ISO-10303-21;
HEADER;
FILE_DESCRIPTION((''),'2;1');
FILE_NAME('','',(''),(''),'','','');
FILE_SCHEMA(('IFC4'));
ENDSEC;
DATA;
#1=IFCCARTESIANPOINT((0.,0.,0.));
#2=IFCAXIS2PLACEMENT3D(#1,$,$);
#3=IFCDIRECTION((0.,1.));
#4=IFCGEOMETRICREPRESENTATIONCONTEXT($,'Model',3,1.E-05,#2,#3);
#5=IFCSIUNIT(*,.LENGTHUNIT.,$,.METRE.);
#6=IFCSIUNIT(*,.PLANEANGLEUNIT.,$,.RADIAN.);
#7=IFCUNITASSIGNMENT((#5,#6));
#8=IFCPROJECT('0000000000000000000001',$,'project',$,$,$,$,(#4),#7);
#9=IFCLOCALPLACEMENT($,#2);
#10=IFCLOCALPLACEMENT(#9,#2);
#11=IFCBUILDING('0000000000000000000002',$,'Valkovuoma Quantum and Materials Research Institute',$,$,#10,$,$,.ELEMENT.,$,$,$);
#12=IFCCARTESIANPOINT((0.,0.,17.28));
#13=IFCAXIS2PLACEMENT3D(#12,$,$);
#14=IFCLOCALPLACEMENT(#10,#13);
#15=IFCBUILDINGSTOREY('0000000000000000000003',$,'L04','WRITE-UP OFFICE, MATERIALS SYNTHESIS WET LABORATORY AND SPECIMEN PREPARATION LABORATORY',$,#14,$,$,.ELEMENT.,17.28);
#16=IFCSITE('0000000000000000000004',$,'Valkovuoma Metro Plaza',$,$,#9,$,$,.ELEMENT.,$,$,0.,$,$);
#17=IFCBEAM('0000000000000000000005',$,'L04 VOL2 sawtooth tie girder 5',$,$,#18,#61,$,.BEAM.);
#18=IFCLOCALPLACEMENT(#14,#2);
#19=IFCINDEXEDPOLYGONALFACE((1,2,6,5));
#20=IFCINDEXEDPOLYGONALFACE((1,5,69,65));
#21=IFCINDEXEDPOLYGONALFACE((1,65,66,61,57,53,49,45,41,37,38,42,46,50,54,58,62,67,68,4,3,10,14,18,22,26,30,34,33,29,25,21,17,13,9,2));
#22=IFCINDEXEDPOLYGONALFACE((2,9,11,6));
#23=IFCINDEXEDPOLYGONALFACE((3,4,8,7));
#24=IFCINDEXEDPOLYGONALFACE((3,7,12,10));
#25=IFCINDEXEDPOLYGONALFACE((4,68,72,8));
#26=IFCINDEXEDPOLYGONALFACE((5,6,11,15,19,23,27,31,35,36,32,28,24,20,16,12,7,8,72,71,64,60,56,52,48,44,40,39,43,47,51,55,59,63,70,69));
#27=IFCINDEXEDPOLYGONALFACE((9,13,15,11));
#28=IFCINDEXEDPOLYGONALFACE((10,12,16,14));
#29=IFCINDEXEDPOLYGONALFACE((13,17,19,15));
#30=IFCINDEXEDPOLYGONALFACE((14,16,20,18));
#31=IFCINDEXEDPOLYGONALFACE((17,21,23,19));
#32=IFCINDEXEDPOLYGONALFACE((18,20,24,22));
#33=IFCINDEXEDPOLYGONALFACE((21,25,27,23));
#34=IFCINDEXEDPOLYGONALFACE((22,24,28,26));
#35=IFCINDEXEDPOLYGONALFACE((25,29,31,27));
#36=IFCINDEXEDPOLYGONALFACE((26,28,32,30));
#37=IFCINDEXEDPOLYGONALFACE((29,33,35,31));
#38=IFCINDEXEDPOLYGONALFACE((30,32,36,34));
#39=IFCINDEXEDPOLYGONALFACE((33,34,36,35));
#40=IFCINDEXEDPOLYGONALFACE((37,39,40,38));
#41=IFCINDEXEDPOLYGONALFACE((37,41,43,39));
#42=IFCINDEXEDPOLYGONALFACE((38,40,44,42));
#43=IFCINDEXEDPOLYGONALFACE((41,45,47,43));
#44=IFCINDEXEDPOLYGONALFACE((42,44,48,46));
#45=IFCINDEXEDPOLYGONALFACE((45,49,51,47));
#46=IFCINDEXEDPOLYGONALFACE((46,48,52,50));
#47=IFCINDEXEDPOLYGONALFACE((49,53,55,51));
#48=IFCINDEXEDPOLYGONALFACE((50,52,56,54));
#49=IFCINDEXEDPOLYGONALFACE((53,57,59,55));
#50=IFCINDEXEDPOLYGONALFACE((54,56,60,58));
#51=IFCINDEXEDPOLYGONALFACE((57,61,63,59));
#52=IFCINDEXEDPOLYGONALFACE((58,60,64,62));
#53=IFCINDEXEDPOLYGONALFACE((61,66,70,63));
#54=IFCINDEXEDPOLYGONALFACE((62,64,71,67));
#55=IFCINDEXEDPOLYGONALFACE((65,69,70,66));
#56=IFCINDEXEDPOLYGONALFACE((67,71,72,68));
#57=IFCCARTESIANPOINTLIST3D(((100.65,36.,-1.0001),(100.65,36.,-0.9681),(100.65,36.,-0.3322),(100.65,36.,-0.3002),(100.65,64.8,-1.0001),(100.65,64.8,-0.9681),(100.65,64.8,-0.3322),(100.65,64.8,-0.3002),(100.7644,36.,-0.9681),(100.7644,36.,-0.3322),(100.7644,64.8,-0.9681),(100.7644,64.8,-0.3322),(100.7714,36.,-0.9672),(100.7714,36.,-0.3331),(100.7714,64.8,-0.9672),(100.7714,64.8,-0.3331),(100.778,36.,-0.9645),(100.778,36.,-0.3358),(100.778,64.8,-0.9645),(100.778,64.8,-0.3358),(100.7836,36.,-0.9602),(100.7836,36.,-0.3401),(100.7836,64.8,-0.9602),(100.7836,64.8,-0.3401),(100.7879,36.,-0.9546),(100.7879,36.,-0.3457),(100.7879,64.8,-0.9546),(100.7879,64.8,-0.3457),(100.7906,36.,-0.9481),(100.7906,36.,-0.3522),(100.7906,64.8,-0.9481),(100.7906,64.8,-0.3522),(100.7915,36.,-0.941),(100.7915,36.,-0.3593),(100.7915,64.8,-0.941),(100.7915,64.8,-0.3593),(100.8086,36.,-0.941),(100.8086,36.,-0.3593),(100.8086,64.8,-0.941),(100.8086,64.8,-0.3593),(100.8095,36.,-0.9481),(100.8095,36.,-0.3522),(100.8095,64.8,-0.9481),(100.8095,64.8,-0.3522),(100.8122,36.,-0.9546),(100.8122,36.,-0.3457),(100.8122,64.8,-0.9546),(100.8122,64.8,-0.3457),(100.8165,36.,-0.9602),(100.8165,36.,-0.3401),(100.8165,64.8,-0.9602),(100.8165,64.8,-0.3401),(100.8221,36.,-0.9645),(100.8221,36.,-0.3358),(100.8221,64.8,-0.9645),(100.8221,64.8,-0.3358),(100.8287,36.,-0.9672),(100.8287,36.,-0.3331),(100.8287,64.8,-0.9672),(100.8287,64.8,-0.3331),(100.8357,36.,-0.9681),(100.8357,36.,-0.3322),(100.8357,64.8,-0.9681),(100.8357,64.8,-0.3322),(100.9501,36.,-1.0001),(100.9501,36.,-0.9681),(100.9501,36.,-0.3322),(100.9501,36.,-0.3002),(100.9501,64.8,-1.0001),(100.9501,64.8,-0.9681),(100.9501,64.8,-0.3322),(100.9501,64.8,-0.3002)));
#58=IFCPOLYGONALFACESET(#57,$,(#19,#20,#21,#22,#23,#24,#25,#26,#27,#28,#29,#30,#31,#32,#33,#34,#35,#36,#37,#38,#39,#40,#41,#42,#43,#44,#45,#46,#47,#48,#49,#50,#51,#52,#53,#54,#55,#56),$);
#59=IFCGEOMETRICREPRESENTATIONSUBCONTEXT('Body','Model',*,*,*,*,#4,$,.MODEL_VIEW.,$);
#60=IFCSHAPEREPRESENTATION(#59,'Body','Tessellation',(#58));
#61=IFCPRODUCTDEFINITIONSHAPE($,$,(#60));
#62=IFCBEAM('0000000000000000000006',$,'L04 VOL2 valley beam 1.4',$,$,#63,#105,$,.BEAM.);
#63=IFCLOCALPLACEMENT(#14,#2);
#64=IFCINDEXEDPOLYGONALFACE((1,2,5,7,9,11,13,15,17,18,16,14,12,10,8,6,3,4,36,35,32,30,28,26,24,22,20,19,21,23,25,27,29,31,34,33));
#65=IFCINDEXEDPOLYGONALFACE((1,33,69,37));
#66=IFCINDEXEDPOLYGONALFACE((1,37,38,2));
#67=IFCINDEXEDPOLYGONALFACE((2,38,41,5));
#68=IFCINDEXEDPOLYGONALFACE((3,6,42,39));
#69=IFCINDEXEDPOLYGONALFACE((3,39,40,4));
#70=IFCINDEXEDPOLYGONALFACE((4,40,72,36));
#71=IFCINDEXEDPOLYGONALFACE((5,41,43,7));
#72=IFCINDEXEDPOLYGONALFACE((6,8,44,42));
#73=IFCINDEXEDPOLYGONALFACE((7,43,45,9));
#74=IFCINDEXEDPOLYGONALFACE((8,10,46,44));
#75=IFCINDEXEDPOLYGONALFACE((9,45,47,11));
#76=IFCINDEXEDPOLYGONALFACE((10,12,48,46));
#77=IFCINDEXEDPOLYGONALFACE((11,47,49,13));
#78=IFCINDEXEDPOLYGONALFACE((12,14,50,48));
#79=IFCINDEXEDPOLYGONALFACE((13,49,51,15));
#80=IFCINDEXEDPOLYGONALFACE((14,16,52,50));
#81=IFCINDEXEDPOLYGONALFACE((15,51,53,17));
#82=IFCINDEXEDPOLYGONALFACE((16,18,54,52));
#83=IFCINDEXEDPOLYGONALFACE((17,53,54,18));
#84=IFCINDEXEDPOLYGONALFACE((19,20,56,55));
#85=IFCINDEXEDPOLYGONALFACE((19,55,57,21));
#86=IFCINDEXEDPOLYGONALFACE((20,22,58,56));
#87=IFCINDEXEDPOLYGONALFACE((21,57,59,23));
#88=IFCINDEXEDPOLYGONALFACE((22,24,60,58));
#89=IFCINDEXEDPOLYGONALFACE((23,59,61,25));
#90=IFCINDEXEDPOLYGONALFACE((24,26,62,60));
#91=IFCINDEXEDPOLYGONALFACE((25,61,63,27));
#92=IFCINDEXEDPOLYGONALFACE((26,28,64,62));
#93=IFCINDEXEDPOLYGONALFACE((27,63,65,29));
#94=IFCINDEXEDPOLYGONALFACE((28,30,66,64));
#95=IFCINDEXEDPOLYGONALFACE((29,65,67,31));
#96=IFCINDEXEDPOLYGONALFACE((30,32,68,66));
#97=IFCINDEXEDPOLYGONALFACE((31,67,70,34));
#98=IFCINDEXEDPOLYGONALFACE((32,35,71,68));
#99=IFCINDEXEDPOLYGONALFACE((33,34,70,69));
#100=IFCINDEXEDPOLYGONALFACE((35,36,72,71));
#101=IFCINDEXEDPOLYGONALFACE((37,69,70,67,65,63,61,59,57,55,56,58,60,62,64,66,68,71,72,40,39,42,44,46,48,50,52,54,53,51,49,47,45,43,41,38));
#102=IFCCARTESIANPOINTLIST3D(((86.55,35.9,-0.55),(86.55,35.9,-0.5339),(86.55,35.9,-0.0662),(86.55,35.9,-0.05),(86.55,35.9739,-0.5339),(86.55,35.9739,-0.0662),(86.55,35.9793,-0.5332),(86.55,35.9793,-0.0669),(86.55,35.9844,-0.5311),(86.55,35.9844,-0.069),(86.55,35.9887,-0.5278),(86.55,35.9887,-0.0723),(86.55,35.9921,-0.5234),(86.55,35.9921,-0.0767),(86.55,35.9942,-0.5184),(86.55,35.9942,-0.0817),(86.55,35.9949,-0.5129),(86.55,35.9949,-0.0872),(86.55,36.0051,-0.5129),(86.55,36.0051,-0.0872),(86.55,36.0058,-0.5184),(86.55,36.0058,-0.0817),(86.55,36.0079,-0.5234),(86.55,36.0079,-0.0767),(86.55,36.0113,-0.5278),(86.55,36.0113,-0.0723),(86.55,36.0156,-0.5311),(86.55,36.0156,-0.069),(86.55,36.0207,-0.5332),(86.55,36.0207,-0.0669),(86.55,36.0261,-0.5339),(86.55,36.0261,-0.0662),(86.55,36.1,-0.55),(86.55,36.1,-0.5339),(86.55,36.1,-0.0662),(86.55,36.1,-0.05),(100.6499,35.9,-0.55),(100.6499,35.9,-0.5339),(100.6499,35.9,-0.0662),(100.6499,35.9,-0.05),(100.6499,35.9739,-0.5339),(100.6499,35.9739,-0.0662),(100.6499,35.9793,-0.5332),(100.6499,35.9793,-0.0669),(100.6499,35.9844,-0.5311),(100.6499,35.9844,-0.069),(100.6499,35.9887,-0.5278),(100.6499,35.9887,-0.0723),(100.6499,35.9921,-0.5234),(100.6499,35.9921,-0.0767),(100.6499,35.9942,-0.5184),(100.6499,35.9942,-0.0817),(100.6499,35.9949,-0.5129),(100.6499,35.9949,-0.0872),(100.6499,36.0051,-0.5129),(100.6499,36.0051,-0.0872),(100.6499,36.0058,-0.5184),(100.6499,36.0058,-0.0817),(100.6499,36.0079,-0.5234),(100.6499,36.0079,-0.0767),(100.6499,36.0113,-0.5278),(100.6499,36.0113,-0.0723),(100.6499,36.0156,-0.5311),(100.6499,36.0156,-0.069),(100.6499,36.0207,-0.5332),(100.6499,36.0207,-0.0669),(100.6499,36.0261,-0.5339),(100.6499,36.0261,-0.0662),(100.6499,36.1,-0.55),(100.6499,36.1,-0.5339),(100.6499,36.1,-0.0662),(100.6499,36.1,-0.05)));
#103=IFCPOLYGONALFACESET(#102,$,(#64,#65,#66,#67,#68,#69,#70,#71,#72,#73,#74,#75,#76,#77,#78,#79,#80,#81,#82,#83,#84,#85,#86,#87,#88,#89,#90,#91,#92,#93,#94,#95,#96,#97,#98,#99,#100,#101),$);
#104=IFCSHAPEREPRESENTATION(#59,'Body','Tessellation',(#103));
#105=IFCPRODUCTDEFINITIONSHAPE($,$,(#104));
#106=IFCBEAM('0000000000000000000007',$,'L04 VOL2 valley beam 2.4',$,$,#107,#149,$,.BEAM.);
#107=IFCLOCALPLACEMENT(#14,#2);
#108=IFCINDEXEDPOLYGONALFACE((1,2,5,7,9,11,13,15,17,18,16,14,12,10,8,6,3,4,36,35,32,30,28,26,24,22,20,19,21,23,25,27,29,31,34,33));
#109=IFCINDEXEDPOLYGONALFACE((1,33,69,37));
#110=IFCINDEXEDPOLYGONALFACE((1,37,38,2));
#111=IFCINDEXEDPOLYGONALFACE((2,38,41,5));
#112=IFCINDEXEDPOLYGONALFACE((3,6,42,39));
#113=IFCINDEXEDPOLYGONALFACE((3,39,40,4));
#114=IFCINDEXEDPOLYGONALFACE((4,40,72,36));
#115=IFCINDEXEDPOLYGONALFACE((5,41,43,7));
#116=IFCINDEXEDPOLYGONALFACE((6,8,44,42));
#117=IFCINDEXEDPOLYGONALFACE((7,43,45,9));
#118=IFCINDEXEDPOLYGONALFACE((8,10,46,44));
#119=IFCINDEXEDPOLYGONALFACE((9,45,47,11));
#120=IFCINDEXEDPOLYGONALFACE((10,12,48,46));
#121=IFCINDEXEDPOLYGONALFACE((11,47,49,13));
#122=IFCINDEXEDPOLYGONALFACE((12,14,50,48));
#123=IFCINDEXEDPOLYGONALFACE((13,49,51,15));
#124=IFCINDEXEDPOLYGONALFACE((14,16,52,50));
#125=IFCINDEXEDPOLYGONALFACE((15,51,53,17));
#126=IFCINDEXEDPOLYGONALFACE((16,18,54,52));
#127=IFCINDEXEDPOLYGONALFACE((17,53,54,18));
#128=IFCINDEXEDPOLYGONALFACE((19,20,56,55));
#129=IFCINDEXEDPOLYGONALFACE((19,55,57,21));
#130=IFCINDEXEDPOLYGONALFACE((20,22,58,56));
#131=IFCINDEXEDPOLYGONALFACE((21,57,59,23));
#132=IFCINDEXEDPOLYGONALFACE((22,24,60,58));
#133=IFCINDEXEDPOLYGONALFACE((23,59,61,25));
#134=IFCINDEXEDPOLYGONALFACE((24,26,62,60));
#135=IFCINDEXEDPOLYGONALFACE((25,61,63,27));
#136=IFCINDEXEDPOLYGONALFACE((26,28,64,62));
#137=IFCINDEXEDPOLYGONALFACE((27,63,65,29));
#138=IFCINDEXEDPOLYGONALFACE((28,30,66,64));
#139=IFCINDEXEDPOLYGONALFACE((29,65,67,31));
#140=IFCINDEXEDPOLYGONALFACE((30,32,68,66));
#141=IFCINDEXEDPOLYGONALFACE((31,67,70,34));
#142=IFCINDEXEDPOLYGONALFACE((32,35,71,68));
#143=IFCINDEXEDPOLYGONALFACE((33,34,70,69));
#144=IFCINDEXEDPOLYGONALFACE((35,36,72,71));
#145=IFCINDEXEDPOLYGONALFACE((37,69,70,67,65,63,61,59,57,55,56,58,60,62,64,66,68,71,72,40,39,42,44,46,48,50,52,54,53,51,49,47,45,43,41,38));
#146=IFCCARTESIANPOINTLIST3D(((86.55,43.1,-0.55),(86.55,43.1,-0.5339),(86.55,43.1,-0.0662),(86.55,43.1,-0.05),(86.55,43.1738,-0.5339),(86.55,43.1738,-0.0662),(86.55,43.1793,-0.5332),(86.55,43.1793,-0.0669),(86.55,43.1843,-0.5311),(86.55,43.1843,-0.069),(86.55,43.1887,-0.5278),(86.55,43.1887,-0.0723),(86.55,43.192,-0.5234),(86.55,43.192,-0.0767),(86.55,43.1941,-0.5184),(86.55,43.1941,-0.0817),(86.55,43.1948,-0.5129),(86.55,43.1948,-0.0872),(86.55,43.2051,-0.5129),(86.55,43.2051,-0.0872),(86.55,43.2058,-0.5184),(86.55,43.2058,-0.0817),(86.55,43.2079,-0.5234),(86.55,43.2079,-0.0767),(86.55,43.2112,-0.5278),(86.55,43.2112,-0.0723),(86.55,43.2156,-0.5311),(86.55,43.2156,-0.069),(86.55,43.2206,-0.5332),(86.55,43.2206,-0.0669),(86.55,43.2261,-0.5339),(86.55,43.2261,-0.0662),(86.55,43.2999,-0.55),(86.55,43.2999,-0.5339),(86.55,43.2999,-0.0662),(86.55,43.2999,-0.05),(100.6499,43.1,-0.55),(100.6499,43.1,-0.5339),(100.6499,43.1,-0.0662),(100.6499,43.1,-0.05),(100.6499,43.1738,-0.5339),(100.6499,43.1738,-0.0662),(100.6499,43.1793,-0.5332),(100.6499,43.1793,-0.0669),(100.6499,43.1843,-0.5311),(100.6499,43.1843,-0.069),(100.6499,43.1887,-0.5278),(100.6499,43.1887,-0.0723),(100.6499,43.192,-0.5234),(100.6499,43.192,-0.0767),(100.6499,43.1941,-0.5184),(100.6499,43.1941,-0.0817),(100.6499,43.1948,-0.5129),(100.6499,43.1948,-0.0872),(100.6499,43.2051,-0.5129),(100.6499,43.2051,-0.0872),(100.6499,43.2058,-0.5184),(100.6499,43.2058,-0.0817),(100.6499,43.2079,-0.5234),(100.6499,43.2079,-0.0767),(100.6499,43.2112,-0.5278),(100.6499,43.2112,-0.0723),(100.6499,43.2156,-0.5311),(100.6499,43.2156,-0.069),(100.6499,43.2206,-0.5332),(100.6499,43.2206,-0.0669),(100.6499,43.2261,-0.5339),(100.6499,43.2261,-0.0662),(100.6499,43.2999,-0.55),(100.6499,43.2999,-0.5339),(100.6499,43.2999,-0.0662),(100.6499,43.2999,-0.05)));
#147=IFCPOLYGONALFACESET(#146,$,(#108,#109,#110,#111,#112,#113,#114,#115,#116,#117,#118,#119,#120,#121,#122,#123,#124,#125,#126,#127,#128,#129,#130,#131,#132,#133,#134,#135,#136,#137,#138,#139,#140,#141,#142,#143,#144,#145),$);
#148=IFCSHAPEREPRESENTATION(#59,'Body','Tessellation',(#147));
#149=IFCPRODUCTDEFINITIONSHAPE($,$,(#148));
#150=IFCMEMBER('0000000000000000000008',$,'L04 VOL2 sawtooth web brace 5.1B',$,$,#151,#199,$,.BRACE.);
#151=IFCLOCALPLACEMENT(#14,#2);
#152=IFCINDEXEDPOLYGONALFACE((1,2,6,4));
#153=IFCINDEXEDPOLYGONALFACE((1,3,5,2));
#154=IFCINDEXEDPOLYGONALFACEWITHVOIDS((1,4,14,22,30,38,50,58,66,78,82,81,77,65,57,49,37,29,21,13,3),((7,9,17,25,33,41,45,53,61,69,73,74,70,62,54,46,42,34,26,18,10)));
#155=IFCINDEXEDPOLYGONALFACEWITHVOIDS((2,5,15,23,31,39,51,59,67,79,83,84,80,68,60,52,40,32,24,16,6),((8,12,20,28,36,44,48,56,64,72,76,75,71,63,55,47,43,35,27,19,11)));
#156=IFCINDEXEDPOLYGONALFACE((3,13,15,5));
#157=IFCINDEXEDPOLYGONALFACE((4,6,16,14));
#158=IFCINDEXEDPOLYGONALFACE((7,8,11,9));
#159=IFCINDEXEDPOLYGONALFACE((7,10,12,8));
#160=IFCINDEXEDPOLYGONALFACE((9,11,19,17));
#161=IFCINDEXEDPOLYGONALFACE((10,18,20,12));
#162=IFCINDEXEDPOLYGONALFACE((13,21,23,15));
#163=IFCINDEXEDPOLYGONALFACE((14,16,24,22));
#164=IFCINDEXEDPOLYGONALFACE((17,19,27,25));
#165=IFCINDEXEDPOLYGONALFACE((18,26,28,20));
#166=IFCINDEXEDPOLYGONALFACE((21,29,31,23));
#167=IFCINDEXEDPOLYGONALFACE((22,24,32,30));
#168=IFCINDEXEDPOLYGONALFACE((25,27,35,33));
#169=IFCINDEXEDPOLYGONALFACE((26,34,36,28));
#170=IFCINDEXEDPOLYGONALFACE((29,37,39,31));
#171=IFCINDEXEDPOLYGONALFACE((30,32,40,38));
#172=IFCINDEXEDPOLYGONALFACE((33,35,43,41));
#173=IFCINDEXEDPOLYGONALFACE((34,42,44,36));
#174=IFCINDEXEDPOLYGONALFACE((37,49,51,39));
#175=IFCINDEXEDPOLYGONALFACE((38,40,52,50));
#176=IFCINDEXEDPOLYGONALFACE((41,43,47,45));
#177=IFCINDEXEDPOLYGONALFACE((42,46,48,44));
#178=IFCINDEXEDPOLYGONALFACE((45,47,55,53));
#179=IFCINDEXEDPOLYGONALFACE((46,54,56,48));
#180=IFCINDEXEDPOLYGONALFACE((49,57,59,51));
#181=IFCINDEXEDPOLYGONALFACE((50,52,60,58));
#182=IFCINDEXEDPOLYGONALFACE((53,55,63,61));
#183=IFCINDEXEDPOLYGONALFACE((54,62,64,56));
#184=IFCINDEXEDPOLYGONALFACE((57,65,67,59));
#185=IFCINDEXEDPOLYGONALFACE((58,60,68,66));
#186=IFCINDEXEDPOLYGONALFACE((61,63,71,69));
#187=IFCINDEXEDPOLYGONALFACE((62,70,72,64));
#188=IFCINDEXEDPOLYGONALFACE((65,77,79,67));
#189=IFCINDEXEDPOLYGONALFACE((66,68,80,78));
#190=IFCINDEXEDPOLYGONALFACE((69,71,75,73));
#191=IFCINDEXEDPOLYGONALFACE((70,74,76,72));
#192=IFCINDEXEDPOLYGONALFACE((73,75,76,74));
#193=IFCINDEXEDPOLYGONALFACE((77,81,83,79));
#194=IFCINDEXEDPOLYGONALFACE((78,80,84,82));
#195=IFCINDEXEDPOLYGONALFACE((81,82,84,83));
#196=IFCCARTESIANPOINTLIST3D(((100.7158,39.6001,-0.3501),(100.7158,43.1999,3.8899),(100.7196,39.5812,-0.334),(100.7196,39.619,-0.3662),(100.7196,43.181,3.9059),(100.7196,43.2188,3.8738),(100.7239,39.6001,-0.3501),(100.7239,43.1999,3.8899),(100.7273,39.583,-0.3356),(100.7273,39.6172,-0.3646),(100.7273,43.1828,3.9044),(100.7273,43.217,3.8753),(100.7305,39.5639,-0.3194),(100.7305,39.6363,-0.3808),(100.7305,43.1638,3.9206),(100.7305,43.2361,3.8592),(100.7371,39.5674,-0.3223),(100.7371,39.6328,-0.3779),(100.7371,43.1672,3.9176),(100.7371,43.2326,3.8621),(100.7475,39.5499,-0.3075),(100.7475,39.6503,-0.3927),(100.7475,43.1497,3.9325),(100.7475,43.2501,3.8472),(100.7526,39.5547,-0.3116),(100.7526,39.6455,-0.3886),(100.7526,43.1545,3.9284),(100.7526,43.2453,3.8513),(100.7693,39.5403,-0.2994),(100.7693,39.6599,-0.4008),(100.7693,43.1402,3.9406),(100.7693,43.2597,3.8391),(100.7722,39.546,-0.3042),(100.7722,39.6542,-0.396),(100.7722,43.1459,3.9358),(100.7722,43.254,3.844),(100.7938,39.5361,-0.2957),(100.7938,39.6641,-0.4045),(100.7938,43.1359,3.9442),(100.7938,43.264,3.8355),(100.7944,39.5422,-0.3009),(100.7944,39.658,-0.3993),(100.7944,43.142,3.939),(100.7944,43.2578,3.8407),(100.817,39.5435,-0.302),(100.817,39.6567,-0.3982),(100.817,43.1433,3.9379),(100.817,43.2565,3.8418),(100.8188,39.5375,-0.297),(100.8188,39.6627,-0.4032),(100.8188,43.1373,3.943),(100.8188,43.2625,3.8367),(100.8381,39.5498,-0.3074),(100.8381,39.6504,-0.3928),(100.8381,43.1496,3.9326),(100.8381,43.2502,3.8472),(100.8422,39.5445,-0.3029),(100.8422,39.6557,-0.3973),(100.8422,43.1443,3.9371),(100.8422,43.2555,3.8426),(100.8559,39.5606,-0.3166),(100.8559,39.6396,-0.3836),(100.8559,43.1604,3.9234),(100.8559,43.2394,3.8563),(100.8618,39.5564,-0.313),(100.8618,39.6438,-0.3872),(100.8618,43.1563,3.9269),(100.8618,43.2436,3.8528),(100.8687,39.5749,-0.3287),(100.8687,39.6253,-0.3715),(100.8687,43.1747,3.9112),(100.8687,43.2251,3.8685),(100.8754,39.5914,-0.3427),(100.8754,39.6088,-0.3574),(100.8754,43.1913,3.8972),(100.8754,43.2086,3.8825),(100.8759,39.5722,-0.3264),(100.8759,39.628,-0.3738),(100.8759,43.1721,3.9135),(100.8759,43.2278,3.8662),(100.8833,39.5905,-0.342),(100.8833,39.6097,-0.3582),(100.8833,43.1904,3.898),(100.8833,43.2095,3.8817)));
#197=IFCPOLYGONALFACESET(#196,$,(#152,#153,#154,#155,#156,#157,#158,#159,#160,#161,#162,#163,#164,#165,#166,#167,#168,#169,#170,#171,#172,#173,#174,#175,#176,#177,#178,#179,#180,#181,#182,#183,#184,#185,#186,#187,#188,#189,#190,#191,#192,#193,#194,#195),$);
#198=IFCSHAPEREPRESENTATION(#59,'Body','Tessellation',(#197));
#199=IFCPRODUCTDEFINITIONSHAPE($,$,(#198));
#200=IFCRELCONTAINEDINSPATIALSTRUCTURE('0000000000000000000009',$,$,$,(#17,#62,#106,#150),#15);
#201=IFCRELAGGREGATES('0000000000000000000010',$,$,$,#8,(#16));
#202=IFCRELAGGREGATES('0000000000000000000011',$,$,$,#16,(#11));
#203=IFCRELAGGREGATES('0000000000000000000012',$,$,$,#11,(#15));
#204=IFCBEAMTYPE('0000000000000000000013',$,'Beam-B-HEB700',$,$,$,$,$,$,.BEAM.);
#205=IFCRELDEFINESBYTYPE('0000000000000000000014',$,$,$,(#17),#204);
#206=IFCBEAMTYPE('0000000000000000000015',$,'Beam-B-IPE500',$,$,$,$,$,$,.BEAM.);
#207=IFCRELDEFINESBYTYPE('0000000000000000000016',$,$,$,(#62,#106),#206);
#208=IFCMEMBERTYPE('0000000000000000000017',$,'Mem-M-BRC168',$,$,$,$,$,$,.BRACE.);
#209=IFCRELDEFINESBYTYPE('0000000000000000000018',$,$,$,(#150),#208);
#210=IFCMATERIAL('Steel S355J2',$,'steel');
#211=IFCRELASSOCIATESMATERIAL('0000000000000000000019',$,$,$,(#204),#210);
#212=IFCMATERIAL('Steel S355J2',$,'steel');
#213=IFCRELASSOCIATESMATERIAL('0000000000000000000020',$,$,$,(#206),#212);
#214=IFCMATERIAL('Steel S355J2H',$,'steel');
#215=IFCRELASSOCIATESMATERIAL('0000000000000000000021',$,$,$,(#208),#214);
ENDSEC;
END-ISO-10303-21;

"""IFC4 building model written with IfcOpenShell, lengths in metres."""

from ifc_helpers import new_model, si_unit, direction, frame, origin, origin_2d, place, context, subcontext, project, spatial, hollow_circle, i_section, extrude, material, material_profile, profile_set, type_object, element, save


model = new_model("IFC4")

# Units and contexts
model_context = context("Model", 3, precision=1e-05, world=origin(), true_north=direction((0.0, 1.0)))
body_context = subcontext(model_context, "Body", "Model", "MODEL_VIEW")
ifc_project = project(units=[si_unit("LENGTHUNIT", "METRE"), si_unit("PLANEANGLEUNIT", "RADIAN")], contexts=[model_context])

# Site, building, storey
site_placement = place(None, origin())
site = spatial("IfcSite", under=ifc_project, at=site_placement, Name="Valkovuoma Metro Plaza", CompositionType="ELEMENT", RefElevation=0.0)
building_placement = place(site_placement, origin())
building = spatial("IfcBuilding", under=site, at=building_placement, Name="Valkovuoma Quantum and Materials Research Institute", CompositionType="ELEMENT")
storey_placement = place(building_placement, frame((0.0, 0.0, 17.28)))
storey = spatial("IfcBuildingStorey", under=building, at=storey_placement, Name="L04", Description="WRITE-UP OFFICE, MATERIALS SYNTHESIS WET LABORATORY AND SPECIMEN PREPARATION LABORATORY", CompositionType="ELEMENT", Elevation=17.28)

# Beams
ifc_material_1 = material(Name="Steel S355J2", Category="steel")
ifc_material_profile_1 = material_profile(ifc_material_1, i_section(OverallWidth=0.3, OverallDepth=0.7, WebThickness=0.0171, FlangeThickness=0.032, FilletRadius=0.0271, at=origin_2d()), Name="Steel S355J2")
ifc_profile_set_1 = profile_set([ifc_material_profile_1], Name="Steel S355J2")
beam_type_1 = type_object("IfcBeamType", Name="Beam-B-HEB700", PredefinedType="BEAM", material=ifc_profile_set_1)
beam_placement = place(storey_placement, frame((100.8, 36.0, -0.6501), z_axis=(0.0, 1.0, 0.0), x_axis=(-1.0, 0.0, 0.0)))
element("IfcBeam", 1, at=beam_placement, inside=storey, type_object=beam_type_1, Name="L04 VOL2 sawtooth tie girder 5", PredefinedType="BEAM", context=body_context, shape_type="SweptSolid", body=[
    extrude(i_section(OverallWidth=0.3, OverallDepth=0.7, WebThickness=0.0171, FlangeThickness=0.032, FilletRadius=0.0271, at=origin_2d()), origin(), (0.0, 0.0, 1.0), 28.8),
])
ifc_material_2 = material(Name="Steel S355J2", Category="steel")
ifc_material_profile_2 = material_profile(ifc_material_2, i_section(OverallWidth=0.2, OverallDepth=0.5, WebThickness=0.0103, FlangeThickness=0.0161, FilletRadius=0.021, at=origin_2d()), Name="Steel S355J2")
ifc_profile_set_2 = profile_set([ifc_material_profile_2], Name="Steel S355J2")
beam_type_2 = type_object("IfcBeamType", Name="Beam-B-IPE500", PredefinedType="BEAM", material=ifc_profile_set_2)
for number, where, z_axis, x_axis, name in (
    (2, (86.55, 36.0, -0.3), (1.0, 0.0, 0.0), (0.0, 1.0, 0.0), "L04 VOL2 valley beam 1.4"),
    (3, (86.55, 43.2, -0.3), (1.0, 0.0, 0.0), (0.0, 1.0, 0.0), "L04 VOL2 valley beam 2.4"),
):
    element("IfcBeam", number, at=place(storey_placement, frame(where, z_axis=z_axis, x_axis=x_axis)), inside=storey, type_object=beam_type_2, Name=name, PredefinedType="BEAM", context=body_context, shape_type="SweptSolid", body=[
        extrude(i_section(OverallWidth=0.2, OverallDepth=0.5, WebThickness=0.0103, FlangeThickness=0.0161, FilletRadius=0.021, at=origin_2d()), origin(), (0.0, 0.0, 1.0), 14.0999),
    ])

# Member
ifc_material_3 = material(Name="Steel S355J2H", Category="steel")
ifc_material_profile_3 = material_profile(ifc_material_3, hollow_circle(Radius=0.0842, WallThickness=0.0081, at=origin_2d()), Name="Steel S355J2H")
ifc_profile_set_3 = profile_set([ifc_material_profile_3], Name="Steel S355J2H")
member_type_1 = type_object("IfcMemberType", Name="Mem-M-BRC168", PredefinedType="BRACE", material=ifc_profile_set_3)
member_1_placement = place(storey_placement, frame((100.8, 39.6001, -0.3501), z_axis=(0.0, 0.647216, 0.762306), x_axis=(-1.0, 0.0, 0.0)))
element("IfcMember", 4, at=member_1_placement, inside=storey, type_object=member_type_1, Name="L04 VOL2 sawtooth web brace 5.1B", PredefinedType="BRACE", context=body_context, shape_type="SweptSolid", body=[
    extrude(hollow_circle(Radius=0.0842, WallThickness=0.0081, at=origin_2d()), origin(), (0.0, 0.0, 1.0), 5.562),
])

save(model, "model.ifc")
